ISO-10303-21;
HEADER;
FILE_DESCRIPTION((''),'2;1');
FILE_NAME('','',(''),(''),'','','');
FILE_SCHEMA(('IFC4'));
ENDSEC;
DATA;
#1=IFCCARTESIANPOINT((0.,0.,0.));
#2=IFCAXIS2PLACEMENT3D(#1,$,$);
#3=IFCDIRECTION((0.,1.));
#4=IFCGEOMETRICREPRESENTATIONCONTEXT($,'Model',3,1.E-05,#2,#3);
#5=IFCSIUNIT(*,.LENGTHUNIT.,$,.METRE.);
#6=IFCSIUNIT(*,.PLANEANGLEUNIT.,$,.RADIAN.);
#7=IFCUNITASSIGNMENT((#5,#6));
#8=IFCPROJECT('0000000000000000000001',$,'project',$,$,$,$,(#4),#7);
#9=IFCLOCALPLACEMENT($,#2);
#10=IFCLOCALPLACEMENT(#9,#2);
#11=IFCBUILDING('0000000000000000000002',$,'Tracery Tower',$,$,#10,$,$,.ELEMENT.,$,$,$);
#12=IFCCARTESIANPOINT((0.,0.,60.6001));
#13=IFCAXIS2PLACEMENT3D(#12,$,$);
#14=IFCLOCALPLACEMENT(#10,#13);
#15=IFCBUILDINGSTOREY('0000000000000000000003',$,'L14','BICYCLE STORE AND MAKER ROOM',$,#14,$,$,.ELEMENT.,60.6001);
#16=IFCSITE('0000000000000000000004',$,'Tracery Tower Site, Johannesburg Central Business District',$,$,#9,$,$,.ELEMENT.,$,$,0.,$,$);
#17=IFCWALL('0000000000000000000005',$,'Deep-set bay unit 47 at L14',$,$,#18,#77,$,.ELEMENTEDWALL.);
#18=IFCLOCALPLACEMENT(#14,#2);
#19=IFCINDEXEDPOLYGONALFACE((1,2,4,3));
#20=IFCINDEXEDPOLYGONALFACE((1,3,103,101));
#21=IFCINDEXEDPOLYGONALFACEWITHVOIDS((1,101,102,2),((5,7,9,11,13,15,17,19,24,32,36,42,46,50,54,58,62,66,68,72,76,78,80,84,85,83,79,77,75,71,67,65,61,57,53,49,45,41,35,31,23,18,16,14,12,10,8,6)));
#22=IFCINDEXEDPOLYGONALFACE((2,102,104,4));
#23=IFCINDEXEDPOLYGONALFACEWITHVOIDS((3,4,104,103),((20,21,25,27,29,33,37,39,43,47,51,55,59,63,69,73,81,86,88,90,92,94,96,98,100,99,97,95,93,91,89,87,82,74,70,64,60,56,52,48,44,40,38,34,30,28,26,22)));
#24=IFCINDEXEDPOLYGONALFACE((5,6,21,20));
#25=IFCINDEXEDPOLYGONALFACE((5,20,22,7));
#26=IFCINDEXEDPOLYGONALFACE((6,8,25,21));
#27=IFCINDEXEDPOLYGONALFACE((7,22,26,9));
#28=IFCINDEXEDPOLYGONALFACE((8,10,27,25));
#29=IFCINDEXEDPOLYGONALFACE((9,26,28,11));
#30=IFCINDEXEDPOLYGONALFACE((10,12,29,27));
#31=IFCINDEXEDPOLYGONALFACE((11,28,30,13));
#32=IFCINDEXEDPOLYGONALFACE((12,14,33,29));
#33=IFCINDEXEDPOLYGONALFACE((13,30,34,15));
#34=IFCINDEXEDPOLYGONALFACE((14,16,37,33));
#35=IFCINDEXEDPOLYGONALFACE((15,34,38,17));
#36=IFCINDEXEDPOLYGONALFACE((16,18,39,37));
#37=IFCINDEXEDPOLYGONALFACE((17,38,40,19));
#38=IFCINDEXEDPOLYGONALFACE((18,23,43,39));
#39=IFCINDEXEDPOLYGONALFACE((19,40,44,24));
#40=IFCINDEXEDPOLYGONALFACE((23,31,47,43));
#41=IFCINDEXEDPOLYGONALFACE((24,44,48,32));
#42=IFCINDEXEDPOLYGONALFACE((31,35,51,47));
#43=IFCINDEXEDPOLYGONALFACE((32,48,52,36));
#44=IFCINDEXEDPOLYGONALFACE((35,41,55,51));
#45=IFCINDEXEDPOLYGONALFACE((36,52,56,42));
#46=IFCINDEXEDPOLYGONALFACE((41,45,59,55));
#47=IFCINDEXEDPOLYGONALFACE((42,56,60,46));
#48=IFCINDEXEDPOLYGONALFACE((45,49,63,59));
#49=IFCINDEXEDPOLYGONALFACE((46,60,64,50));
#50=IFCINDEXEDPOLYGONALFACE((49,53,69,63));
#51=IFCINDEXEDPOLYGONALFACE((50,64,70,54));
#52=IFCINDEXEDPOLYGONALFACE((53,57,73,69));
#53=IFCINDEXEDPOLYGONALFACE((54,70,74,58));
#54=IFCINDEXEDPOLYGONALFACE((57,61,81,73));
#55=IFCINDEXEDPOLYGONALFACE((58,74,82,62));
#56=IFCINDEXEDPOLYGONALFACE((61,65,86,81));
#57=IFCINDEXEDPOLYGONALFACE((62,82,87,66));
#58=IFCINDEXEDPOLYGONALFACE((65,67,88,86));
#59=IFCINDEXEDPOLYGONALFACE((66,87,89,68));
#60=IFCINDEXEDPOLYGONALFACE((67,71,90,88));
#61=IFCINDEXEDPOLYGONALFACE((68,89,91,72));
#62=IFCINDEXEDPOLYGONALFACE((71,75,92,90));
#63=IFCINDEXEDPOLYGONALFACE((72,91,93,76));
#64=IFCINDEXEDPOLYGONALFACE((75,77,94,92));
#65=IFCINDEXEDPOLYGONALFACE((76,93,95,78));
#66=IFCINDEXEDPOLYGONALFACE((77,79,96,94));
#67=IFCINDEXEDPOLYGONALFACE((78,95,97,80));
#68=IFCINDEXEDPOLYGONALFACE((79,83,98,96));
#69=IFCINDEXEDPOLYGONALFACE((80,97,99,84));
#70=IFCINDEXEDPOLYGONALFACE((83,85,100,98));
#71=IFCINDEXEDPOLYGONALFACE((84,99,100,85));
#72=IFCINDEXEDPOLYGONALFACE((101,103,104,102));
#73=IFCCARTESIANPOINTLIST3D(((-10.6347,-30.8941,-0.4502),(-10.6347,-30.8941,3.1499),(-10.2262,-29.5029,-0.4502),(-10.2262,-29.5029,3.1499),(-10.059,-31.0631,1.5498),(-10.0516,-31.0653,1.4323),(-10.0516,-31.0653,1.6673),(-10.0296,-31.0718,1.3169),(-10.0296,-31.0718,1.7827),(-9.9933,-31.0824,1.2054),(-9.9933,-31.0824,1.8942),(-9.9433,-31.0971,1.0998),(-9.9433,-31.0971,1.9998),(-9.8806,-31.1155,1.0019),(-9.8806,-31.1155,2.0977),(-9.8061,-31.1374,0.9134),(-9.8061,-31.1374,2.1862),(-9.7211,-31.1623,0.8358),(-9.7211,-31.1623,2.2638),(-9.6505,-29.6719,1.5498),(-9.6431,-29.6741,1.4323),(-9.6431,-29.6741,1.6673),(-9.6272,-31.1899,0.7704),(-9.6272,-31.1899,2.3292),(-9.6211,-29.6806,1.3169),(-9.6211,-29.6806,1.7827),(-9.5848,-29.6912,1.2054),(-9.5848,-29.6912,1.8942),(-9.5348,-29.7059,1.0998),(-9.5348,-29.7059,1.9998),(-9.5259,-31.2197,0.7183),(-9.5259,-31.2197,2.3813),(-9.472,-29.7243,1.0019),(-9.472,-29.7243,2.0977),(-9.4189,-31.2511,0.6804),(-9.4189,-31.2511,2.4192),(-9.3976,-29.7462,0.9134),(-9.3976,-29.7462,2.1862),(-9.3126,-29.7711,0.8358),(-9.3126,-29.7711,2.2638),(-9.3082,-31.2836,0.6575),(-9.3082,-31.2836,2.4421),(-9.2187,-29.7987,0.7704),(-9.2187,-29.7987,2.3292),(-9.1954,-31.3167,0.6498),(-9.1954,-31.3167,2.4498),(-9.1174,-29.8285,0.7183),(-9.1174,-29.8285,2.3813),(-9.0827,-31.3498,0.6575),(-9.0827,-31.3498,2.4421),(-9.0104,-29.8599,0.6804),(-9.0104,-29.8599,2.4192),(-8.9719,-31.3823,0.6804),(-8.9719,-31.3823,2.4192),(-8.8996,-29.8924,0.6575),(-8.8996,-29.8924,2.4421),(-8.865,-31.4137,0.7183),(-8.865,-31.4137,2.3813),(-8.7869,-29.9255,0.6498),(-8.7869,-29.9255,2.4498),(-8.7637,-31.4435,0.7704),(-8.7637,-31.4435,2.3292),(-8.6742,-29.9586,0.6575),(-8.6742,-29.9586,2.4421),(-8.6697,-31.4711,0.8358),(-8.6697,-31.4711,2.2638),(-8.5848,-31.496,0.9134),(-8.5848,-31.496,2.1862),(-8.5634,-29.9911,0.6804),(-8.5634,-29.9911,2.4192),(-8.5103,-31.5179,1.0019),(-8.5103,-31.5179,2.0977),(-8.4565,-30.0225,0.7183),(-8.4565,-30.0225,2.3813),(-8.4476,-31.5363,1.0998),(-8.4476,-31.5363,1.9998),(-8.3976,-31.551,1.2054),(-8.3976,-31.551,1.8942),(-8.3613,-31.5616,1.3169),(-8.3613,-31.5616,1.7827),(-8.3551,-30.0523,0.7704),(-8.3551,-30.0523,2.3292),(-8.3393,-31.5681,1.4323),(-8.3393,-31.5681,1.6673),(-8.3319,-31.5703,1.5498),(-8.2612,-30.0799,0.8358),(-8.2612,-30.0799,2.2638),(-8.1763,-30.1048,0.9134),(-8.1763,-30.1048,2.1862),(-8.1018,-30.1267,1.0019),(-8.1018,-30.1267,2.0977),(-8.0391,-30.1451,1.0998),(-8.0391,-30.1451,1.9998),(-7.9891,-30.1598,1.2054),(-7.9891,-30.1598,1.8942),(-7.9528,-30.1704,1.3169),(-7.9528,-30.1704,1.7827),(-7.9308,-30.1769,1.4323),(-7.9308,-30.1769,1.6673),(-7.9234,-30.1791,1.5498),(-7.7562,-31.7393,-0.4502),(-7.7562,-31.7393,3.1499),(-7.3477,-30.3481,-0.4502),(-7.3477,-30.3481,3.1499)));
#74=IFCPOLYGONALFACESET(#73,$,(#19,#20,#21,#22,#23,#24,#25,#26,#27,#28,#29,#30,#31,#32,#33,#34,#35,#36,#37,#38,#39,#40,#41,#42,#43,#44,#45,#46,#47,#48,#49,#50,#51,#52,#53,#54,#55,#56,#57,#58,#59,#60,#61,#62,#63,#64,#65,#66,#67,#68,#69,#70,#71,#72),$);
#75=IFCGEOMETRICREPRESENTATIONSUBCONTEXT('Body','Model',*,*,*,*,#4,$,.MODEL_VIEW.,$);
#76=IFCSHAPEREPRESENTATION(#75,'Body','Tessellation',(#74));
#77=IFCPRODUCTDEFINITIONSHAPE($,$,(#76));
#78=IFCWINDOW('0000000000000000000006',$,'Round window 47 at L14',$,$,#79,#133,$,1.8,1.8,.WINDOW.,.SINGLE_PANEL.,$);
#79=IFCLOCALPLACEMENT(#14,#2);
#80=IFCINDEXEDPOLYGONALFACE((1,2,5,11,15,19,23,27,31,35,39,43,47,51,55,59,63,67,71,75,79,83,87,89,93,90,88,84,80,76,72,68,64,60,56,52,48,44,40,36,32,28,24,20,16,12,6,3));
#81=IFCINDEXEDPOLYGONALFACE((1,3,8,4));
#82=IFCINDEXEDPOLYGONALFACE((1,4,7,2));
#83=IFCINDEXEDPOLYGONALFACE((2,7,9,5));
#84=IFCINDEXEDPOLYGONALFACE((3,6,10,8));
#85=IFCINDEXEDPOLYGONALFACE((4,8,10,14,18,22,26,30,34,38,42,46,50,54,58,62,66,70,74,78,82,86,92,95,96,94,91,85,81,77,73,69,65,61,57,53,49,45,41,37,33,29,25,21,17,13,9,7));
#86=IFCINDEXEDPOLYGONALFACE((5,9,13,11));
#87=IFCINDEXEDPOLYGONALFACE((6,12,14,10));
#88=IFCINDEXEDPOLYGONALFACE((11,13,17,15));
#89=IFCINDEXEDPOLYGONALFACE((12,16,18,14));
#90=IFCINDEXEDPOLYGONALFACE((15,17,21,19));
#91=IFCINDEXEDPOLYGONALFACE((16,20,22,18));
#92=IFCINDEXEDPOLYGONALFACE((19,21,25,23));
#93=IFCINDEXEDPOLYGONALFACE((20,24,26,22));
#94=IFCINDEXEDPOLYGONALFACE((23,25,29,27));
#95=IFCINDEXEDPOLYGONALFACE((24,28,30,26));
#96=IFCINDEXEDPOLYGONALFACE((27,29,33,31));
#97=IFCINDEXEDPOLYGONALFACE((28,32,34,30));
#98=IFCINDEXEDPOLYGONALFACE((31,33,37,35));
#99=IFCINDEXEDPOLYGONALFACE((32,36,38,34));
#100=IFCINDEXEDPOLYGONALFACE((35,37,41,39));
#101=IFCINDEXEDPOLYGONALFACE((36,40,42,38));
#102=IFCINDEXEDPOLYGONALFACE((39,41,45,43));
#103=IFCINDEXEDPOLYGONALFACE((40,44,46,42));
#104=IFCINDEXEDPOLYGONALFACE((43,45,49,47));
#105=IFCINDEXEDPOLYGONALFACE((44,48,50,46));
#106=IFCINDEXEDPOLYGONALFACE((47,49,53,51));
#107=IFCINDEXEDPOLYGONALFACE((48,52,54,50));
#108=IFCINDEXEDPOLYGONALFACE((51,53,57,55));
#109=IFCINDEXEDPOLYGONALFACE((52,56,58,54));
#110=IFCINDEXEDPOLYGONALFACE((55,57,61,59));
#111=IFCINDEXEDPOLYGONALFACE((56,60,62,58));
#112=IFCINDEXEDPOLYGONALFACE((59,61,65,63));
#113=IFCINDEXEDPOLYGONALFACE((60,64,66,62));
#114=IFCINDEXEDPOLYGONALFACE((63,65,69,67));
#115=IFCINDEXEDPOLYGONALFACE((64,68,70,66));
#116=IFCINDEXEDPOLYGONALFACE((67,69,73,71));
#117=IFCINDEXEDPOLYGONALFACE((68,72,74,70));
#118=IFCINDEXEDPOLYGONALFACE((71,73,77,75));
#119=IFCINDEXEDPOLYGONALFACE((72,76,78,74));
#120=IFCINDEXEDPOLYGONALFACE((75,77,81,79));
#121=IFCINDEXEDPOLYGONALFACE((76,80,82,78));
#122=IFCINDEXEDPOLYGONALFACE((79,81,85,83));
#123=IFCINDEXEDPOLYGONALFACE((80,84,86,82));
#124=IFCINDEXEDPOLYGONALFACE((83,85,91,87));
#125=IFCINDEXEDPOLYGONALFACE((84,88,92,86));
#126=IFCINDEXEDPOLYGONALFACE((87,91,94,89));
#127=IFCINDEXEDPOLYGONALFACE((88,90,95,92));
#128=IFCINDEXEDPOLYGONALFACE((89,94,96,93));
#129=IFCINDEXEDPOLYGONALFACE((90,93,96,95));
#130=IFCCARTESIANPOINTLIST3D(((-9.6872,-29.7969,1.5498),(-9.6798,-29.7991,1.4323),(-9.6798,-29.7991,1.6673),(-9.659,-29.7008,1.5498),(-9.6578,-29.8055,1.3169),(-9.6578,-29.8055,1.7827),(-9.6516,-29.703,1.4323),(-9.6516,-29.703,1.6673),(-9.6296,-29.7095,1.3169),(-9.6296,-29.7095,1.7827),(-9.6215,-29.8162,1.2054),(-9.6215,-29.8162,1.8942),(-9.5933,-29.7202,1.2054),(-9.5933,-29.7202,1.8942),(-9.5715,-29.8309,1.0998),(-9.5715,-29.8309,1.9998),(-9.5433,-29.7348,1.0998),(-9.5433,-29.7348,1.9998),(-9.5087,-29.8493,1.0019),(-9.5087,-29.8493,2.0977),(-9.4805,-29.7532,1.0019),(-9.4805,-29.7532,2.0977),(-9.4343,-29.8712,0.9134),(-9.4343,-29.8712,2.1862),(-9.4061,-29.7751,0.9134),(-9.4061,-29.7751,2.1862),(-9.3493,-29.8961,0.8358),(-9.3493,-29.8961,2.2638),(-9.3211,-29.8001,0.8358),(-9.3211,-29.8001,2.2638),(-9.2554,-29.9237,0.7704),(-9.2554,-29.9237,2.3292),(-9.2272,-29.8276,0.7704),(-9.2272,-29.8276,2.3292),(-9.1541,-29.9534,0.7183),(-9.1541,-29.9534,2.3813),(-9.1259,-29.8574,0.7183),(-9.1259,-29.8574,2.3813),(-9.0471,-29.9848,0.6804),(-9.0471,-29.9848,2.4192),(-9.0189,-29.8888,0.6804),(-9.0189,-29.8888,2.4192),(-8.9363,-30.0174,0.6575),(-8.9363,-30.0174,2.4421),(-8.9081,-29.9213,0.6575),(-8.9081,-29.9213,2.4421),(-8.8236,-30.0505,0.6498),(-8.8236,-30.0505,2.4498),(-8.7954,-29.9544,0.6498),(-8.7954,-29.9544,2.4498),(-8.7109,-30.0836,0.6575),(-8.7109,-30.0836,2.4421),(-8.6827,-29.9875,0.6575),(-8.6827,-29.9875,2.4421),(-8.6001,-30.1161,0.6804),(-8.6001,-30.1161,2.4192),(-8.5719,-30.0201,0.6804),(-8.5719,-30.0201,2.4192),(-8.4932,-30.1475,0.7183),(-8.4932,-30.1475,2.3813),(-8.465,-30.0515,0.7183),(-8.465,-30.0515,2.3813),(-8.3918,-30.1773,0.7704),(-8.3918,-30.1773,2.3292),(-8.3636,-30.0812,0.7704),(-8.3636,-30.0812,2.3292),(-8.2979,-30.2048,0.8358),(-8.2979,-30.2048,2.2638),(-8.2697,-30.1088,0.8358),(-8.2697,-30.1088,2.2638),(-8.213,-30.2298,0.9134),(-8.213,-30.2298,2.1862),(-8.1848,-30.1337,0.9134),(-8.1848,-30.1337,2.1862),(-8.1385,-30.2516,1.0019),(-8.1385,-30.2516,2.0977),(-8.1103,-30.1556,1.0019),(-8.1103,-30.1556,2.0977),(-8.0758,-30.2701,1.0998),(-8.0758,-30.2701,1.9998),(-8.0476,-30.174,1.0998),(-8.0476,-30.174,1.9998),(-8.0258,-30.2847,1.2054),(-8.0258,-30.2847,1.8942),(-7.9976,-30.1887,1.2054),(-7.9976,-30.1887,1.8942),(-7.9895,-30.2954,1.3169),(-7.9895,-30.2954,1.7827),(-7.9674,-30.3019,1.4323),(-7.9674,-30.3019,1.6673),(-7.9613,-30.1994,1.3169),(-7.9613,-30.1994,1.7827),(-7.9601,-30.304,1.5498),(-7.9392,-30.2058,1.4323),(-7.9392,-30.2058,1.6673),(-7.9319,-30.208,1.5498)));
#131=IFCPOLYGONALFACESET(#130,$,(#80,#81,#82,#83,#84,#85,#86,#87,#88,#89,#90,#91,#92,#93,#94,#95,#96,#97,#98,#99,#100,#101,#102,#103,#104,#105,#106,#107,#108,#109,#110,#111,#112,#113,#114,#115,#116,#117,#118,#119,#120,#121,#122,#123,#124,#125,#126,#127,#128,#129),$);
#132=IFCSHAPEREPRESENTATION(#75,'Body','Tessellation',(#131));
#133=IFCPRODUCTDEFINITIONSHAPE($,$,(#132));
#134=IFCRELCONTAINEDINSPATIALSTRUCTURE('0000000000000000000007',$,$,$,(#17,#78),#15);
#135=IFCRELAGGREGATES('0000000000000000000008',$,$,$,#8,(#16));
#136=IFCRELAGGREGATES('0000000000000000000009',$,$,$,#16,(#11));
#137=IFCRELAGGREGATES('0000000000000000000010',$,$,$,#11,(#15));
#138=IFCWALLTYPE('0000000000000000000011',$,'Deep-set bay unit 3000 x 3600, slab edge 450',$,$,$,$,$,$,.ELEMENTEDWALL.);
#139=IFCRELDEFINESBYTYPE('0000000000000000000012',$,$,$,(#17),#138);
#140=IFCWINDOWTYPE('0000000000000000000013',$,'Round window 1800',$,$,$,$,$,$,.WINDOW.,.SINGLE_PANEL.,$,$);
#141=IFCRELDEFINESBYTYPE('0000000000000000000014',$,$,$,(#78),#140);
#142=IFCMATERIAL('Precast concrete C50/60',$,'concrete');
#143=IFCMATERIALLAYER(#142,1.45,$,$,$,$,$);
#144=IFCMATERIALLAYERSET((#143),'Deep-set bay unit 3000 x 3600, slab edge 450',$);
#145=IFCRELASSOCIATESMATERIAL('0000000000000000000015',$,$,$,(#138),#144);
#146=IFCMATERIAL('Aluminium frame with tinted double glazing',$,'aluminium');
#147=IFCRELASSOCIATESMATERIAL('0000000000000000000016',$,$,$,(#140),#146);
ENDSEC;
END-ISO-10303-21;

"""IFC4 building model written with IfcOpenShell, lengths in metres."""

from ifc_helpers import new_model, si_unit, direction, frame, frame_2d, origin, origin_2d, place, context, subcontext, project, spatial, rectangle, circle, extrude, material, layer, layer_set, type_object, element, fill, save


model = new_model("IFC4")

# Units and contexts
model_context = context("Model", 3, precision=1e-05, world=origin(), true_north=direction((0.0, 1.0)))
body_context = subcontext(model_context, "Body", "Model", "MODEL_VIEW")
ifc_project = project(units=[si_unit("LENGTHUNIT", "METRE"), si_unit("PLANEANGLEUNIT", "RADIAN")], contexts=[model_context])

# Site, building, storey
site_placement = place(None, origin())
site = spatial("IfcSite", under=ifc_project, at=site_placement, Name="Tracery Tower Site, Johannesburg Central Business District", CompositionType="ELEMENT", RefElevation=0.0)
building_placement = place(site_placement, origin())
building = spatial("IfcBuilding", under=site, at=building_placement, Name="Tracery Tower", CompositionType="ELEMENT")
storey_placement = place(building_placement, frame((0.0, 0.0, 60.6001)))
storey = spatial("IfcBuildingStorey", under=building, at=storey_placement, Name="L14", Description="BICYCLE STORE AND MAKER ROOM", CompositionType="ELEMENT", Elevation=60.6001)

# Wall, opening, window
ifc_material_1 = material(Name="Precast concrete C50/60", Category="concrete")
ifc_layer_1 = layer(ifc_material_1, 1.45)
ifc_layer_set_1 = layer_set([ifc_layer_1], Name="Deep-set bay unit 3000 x 3600, slab edge 450")
wall_type_1 = type_object("IfcWallType", Name="Deep-set bay unit 3000 x 3600, slab edge 450", PredefinedType="ELEMENTEDWALL", material=ifc_layer_set_1)
wall_1_placement = place(storey_placement, frame((-10.4304, -30.1985, -0.4502), z_axis=(0.0, 0.0, 1.0), x_axis=(0.95949, -0.281743, 0.0)))
wall_1 = element("IfcWall", 1, at=wall_1_placement, inside=storey, type_object=wall_type_1, Name="Deep-set bay unit 47 at L14", PredefinedType="ELEMENTEDWALL", context=body_context, shape_type="SweptSolid", body=[
    extrude(rectangle(XDim=3.0, YDim=1.45, at=frame_2d((1.5, 0.0))), origin(), (0.0, 0.0, 1.0), 3.6001),
])
opening_1_placement = place(wall_1_placement, frame((1.5, 0.0, 2.0)))
opening_1 = element("IfcOpeningElement", 2, at=opening_1_placement, cuts=wall_1, PredefinedType="OPENING", context=body_context, shape_type="SweptSolid", body=[
    extrude(circle(Radius=0.9, at=origin_2d()), frame((0.0, 0.7349, 0.0), z_axis=(0.0, -1.0, 0.0), x_axis=(1.0, 0.0, 0.0)), (0.0, 0.0, 1.0), 1.47),
])
ifc_material_2 = material(Name="Aluminium frame with tinted double glazing", Category="aluminium")
window_type = type_object("IfcWindowType", Name="Round window 1800", PartitioningType="SINGLE_PANEL", PredefinedType="WINDOW", material=ifc_material_2)
window_1_placement = place(opening_1_placement, origin())
window_1 = element("IfcWindow", 3, at=window_1_placement, inside=storey, type_object=window_type, Name="Round window 47 at L14", OverallHeight=1.8, OverallWidth=1.8, PartitioningType="SINGLE_PANEL", PredefinedType="WINDOW", context=body_context, shape_type="SweptSolid", body=[
    extrude(circle(Radius=0.9, at=origin_2d()), frame((0.0, 0.6948, 0.0), z_axis=(0.0, -1.0, 0.0), x_axis=(1.0, 0.0, 0.0)), (0.0, 0.0, 1.0), 0.1001),
])
fill(opening_1, window_1)

save(model, "model.ifc")
